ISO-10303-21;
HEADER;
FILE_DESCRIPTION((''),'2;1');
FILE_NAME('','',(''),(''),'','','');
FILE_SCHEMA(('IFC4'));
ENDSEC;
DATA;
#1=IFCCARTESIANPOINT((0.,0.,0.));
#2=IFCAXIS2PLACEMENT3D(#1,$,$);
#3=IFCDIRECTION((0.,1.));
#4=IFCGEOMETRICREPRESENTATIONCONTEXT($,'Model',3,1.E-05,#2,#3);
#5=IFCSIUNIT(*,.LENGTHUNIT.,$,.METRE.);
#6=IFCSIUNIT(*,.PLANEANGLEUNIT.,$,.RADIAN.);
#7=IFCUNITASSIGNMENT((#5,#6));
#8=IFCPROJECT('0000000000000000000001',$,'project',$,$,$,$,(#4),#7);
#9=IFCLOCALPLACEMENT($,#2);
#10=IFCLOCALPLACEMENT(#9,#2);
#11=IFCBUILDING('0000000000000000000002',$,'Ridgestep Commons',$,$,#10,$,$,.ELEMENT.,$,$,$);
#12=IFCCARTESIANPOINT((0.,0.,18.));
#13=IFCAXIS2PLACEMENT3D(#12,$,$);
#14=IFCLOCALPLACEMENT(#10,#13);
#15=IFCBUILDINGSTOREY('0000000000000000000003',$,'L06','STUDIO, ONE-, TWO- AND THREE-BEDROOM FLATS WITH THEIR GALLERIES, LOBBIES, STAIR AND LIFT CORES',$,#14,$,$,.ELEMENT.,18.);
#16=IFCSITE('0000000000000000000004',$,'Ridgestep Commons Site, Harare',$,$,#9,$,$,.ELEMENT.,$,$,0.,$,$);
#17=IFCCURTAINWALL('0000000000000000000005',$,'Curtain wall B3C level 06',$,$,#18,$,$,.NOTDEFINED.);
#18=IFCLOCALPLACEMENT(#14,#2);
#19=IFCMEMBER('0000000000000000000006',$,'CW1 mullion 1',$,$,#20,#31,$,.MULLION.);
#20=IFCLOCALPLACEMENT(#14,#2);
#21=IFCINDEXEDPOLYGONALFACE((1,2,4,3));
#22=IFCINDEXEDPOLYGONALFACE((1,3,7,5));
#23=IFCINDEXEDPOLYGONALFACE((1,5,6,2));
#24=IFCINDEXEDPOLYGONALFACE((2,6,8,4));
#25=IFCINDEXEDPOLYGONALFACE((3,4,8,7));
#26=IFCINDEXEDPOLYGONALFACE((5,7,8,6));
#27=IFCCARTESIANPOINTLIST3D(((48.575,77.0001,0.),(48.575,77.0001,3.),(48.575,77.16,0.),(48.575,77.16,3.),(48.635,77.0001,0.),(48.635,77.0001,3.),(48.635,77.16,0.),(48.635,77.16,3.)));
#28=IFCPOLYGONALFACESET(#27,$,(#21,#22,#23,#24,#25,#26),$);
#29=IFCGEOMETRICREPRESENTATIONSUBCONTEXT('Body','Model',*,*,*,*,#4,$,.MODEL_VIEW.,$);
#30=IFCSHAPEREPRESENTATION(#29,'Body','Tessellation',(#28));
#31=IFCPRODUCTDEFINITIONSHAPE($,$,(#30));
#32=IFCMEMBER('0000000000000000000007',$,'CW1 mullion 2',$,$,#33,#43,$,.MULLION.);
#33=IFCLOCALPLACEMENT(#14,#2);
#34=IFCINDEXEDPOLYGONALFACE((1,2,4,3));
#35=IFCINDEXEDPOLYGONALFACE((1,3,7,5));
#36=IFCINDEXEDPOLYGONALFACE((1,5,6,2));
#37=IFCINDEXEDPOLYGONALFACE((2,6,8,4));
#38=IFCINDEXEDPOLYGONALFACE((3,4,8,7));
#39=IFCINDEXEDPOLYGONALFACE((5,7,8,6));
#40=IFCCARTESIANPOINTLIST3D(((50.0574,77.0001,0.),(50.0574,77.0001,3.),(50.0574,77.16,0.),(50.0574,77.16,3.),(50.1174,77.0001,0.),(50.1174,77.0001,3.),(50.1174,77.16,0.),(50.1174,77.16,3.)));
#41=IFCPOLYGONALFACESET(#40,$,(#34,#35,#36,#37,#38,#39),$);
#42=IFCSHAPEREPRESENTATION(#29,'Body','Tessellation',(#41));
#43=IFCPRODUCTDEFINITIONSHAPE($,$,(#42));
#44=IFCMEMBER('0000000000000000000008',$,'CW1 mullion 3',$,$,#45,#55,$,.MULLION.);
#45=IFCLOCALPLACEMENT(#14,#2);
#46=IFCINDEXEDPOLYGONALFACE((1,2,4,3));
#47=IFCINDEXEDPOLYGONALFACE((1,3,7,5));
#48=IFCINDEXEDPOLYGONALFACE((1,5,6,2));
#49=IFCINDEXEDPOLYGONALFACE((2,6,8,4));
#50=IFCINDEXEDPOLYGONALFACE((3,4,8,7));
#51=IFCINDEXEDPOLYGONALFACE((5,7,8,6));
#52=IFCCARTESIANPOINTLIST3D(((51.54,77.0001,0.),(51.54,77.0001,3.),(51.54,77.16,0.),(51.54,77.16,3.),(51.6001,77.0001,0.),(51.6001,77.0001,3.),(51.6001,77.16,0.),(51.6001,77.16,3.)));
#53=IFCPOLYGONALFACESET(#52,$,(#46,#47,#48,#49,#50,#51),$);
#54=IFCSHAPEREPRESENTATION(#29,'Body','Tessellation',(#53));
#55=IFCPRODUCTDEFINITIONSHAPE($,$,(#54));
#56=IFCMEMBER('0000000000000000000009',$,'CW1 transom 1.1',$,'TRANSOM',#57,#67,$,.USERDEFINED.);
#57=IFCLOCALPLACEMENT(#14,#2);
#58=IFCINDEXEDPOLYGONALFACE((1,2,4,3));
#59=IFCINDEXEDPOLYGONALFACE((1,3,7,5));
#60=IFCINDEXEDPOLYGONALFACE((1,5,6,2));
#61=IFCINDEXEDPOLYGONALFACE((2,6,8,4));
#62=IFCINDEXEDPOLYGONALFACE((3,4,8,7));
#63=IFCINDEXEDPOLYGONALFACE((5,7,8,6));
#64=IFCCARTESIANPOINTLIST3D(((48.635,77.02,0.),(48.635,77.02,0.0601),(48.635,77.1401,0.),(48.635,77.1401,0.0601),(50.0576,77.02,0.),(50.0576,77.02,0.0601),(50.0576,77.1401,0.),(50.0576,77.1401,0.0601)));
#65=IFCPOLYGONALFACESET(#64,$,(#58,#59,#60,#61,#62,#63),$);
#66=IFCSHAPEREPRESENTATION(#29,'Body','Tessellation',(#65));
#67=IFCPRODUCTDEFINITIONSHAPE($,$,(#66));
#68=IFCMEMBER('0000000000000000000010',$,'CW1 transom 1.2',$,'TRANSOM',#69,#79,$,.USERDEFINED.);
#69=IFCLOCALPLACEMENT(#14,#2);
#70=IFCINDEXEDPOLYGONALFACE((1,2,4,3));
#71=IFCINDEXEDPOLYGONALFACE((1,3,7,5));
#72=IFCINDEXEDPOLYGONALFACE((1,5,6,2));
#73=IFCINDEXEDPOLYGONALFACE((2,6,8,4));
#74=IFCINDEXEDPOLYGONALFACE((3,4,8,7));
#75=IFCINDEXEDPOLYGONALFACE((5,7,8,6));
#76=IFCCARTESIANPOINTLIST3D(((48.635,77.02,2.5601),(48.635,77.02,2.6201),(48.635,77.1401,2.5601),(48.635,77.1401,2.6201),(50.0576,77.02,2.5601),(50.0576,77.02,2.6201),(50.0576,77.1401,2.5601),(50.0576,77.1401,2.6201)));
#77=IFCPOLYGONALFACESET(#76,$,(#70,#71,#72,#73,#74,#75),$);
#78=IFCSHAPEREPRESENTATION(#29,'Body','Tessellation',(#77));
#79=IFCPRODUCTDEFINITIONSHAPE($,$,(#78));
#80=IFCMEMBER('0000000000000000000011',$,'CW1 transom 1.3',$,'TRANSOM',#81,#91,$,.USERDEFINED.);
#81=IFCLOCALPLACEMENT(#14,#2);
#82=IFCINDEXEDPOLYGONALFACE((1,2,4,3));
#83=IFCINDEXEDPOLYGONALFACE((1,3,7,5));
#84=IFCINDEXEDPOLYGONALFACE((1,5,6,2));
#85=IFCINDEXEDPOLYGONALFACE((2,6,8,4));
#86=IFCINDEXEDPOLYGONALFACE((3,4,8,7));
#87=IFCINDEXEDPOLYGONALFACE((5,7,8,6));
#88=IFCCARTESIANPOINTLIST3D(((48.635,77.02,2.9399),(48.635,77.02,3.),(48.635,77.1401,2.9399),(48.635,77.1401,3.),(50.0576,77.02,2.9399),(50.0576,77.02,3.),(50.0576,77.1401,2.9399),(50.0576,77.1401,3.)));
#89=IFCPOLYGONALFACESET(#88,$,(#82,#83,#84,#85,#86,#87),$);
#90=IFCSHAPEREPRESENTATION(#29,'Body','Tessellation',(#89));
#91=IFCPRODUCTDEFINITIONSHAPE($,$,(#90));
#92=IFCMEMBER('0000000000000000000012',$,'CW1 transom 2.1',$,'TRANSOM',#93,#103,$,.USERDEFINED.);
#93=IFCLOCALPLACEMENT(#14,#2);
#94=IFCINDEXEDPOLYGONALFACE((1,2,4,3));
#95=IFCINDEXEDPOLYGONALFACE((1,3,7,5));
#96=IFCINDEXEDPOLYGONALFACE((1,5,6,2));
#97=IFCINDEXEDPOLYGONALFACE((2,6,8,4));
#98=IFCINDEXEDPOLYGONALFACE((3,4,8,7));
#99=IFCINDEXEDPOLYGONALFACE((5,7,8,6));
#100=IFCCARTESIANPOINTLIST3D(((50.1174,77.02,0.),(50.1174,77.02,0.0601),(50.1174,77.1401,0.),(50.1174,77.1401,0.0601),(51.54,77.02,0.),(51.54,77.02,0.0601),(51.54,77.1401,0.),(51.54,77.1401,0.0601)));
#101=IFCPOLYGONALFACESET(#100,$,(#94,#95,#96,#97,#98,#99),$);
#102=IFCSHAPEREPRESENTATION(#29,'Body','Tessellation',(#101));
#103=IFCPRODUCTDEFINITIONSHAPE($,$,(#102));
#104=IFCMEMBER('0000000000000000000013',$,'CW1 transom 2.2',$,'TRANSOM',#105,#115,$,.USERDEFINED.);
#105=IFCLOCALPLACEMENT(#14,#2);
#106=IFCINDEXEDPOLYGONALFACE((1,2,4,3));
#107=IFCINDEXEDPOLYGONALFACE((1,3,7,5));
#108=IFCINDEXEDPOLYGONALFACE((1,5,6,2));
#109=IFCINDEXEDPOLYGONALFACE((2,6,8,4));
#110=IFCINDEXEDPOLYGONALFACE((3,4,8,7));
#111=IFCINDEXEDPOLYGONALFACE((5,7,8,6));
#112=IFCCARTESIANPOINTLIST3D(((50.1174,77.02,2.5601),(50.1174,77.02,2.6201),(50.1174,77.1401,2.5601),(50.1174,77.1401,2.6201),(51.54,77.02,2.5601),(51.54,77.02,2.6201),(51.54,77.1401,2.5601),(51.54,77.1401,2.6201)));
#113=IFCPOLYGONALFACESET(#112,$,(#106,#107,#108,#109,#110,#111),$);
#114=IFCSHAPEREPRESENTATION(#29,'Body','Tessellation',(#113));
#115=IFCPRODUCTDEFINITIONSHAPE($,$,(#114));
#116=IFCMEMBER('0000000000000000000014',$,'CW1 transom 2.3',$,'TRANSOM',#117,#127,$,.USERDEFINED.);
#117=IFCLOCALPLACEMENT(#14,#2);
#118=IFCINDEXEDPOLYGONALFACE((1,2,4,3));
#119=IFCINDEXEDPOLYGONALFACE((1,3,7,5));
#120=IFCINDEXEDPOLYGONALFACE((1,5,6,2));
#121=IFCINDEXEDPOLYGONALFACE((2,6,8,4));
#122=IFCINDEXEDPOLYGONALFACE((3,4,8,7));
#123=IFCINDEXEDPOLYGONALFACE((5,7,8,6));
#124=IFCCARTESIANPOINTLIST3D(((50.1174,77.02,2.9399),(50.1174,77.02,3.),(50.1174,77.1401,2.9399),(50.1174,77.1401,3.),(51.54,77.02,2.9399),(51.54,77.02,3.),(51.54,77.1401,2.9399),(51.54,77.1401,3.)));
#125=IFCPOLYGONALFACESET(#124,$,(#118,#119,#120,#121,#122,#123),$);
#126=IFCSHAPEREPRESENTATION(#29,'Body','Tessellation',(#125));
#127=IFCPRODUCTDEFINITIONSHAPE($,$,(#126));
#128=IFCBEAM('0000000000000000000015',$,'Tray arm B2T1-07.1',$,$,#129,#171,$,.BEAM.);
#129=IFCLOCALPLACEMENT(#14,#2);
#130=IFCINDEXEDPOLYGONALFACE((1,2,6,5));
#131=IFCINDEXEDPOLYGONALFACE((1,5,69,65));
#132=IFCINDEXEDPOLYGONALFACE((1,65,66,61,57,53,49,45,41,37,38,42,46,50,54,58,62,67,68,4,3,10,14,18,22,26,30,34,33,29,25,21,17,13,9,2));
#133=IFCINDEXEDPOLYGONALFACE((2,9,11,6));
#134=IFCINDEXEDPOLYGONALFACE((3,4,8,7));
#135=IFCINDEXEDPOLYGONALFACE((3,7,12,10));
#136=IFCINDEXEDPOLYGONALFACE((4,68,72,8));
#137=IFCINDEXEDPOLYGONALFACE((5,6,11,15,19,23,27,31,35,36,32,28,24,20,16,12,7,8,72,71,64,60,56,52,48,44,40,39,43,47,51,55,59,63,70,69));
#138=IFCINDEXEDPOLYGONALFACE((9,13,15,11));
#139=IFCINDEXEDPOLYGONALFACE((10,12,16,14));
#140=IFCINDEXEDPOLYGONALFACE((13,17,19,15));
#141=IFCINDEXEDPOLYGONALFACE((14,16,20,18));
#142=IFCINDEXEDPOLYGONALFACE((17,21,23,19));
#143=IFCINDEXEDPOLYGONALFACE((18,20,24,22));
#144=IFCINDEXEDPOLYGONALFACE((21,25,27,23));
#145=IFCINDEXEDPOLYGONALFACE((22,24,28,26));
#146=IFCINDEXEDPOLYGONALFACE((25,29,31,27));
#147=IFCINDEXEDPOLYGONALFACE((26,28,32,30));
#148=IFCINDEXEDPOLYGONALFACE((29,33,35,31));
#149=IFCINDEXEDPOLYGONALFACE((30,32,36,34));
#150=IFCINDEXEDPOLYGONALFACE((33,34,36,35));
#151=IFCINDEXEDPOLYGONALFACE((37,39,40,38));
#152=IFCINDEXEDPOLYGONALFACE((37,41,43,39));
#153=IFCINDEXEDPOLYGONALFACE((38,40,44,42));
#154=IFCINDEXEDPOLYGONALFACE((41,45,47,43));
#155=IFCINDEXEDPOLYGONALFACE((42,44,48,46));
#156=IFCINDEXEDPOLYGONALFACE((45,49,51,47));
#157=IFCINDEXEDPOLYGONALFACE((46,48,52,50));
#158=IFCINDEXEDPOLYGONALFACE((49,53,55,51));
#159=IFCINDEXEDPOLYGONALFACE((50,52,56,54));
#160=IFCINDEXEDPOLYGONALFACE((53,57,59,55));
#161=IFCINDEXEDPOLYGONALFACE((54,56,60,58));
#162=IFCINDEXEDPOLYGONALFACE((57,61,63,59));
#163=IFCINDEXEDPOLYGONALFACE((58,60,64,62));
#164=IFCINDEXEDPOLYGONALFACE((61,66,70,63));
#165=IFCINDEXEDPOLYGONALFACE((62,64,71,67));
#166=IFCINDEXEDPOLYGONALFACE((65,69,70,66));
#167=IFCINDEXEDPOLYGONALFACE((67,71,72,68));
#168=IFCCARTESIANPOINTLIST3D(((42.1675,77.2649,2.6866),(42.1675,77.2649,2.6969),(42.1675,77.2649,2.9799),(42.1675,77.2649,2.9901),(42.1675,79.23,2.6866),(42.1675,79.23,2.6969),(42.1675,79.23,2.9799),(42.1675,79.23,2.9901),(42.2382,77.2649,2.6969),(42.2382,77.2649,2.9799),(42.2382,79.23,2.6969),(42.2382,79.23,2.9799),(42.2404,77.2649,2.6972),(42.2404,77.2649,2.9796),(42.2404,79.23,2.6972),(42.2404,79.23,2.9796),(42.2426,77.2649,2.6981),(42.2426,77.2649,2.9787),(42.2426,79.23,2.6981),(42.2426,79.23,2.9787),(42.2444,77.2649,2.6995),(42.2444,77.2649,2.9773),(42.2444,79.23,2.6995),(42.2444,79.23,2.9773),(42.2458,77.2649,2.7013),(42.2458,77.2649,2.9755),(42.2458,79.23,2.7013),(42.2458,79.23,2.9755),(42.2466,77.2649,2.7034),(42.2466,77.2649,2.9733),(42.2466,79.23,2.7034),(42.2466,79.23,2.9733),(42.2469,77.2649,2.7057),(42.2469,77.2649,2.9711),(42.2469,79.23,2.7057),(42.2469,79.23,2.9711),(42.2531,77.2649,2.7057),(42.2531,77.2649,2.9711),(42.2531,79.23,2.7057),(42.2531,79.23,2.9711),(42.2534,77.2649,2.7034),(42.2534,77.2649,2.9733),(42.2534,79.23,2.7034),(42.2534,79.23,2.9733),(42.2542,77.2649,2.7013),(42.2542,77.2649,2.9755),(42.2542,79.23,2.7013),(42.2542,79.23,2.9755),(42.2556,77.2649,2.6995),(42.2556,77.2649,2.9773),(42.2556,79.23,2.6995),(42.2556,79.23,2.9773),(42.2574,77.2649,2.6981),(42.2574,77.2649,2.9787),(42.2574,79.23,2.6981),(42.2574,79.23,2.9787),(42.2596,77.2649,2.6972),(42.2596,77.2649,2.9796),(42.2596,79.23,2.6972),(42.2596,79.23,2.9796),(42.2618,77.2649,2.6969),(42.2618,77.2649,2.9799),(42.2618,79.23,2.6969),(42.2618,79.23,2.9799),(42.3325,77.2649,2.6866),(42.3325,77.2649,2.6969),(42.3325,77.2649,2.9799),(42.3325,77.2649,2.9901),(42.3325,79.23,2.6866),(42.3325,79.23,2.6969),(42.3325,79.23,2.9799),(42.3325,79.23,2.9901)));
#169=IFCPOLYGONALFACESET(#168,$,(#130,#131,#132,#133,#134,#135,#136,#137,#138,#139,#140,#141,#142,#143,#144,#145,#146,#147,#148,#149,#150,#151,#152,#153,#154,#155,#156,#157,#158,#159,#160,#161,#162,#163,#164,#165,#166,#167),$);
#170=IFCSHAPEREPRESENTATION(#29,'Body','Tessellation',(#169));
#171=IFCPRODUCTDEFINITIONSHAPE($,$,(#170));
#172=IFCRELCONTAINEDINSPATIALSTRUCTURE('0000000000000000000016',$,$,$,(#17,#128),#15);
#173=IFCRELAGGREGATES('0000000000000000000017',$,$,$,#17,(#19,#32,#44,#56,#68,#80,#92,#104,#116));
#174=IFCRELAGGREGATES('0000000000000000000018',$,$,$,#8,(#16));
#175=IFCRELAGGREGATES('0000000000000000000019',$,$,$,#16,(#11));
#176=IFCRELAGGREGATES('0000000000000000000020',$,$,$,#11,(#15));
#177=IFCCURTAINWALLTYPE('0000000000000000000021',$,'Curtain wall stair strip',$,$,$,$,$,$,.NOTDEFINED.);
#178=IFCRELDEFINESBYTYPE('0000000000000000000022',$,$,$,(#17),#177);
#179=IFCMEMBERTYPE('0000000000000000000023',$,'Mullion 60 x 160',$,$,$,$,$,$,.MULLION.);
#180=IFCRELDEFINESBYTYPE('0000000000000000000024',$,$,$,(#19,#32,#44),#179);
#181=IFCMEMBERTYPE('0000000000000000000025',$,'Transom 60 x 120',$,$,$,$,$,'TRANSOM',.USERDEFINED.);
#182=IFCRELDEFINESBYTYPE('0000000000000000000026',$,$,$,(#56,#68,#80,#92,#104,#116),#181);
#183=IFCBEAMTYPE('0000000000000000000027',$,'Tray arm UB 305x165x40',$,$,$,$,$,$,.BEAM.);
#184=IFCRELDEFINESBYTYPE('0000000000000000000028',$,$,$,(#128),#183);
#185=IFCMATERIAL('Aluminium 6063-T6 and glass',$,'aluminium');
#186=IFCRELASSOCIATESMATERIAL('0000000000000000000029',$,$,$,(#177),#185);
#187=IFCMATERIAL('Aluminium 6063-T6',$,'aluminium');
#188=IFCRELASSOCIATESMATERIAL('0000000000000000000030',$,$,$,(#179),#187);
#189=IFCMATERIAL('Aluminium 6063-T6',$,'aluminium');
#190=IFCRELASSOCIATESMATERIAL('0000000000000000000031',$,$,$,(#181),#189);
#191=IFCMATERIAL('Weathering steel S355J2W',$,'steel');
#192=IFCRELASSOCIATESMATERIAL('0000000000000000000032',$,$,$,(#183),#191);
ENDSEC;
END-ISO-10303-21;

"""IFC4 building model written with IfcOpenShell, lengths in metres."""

from ifc_helpers import new_model, si_unit, direction, frame, origin, origin_2d, place, context, subcontext, project, spatial, rectangle, i_section, extrude, material, material_profile, profile_set, type_object, element, aggregate, save


model = new_model("IFC4")

# Units and contexts
model_context = context("Model", 3, precision=1e-05, world=origin(), true_north=direction((0.0, 1.0)))
body_context = subcontext(model_context, "Body", "Model", "MODEL_VIEW")
ifc_project = project(units=[si_unit("LENGTHUNIT", "METRE"), si_unit("PLANEANGLEUNIT", "RADIAN")], contexts=[model_context])

# Site, building, storey
site_placement = place(None, origin())
site = spatial("IfcSite", under=ifc_project, at=site_placement, Name="Ridgestep Commons Site, Harare", CompositionType="ELEMENT", RefElevation=0.0)
building_placement = place(site_placement, origin())
building = spatial("IfcBuilding", under=site, at=building_placement, Name="Ridgestep Commons", CompositionType="ELEMENT")
storey_placement = place(building_placement, frame((0.0, 0.0, 18.0)))
storey = spatial("IfcBuildingStorey", under=building, at=storey_placement, Name="L06", Description="STUDIO, ONE-, TWO- AND THREE-BEDROOM FLATS WITH THEIR GALLERIES, LOBBIES, STAIR AND LIFT CORES", CompositionType="ELEMENT", Elevation=18.0)

# Curtain wall, members
ifc_material_1 = material(Name="Aluminium 6063-T6 and glass", Category="aluminium")
curtain_wall_type = type_object("IfcCurtainWallType", Name="Curtain wall stair strip", PredefinedType="NOTDEFINED", material=ifc_material_1)
curtain_wall_placement = place(storey_placement, origin())
curtain_wall = element("IfcCurtainWall", 1, at=curtain_wall_placement, inside=storey, type_object=curtain_wall_type, Name="Curtain wall B3C level 06", PredefinedType="NOTDEFINED")
ifc_material_2 = material(Name="Aluminium 6063-T6", Category="aluminium")
ifc_material_profile_1 = material_profile(ifc_material_2, rectangle(XDim=0.1599, YDim=0.0601, at=origin_2d()), Name="Mullion 60 x 160")
ifc_profile_set_1 = profile_set([ifc_material_profile_1], Name="Aluminium 6063-T6")
member_type_1 = type_object("IfcMemberType", Name="Mullion 60 x 160", PredefinedType="MULLION", material=ifc_profile_set_1)
member_1_placement = place(storey_placement, frame((48.605, 77.0801, 0.0), z_axis=(0.0, 0.0, 1.0), x_axis=(0.0, 1.0, 0.0)))
member_1 = element("IfcMember", 2, at=member_1_placement, type_object=member_type_1, Name="CW1 mullion 1", PredefinedType="MULLION", context=body_context, shape_type="SweptSolid", body=[
    extrude(rectangle(XDim=0.1599, YDim=0.0601, at=origin_2d()), origin(), (0.0, 0.0, 1.0), 3.0),
])
member_2_placement = place(storey_placement, frame((50.0874, 77.0801, 0.0), z_axis=(0.0, 0.0, 1.0), x_axis=(0.0, 1.0, 0.0)))
member_2 = element("IfcMember", 3, at=member_2_placement, type_object=member_type_1, Name="CW1 mullion 2", PredefinedType="MULLION", context=body_context, shape_type="SweptSolid", body=[
    extrude(rectangle(XDim=0.1599, YDim=0.0601, at=origin_2d()), origin(), (0.0, 0.0, 1.0), 3.0),
])
member_3_placement = place(storey_placement, frame((51.5701, 77.0801, 0.0), z_axis=(0.0, 0.0, 1.0), x_axis=(0.0, 1.0, 0.0)))
member_3 = element("IfcMember", 4, at=member_3_placement, type_object=member_type_1, Name="CW1 mullion 3", PredefinedType="MULLION", context=body_context, shape_type="SweptSolid", body=[
    extrude(rectangle(XDim=0.1599, YDim=0.0601, at=origin_2d()), origin(), (0.0, 0.0, 1.0), 3.0),
])
ifc_material_3 = material(Name="Aluminium 6063-T6", Category="aluminium")
ifc_material_profile_2 = material_profile(ifc_material_3, rectangle(XDim=0.1201, YDim=0.0601, at=origin_2d()), Name="Transom 60 x 120")
ifc_profile_set_2 = profile_set([ifc_material_profile_2], Name="Aluminium 6063-T6")
member_type_2 = type_object("IfcMemberType", Name="Transom 60 x 120", ElementType="TRANSOM", PredefinedType="USERDEFINED", material=ifc_profile_set_2)
member_4_placement = place(storey_placement, frame((48.635, 77.0801, 0.03), z_axis=(1.0, 0.0, 0.0), x_axis=(0.0, 1.0, 0.0)))
member_4 = element("IfcMember", 5, at=member_4_placement, type_object=member_type_2, Name="CW1 transom 1.1", ObjectType="TRANSOM", PredefinedType="USERDEFINED", context=body_context, shape_type="SweptSolid", body=[
    extrude(rectangle(XDim=0.1201, YDim=0.0601, at=origin_2d()), origin(), (0.0, 0.0, 1.0), 1.4226),
])
member_5_placement = place(storey_placement, frame((48.635, 77.0801, 2.5901), z_axis=(1.0, 0.0, 0.0), x_axis=(0.0, 1.0, 0.0)))
member_5 = element("IfcMember", 6, at=member_5_placement, type_object=member_type_2, Name="CW1 transom 1.2", ObjectType="TRANSOM", PredefinedType="USERDEFINED", context=body_context, shape_type="SweptSolid", body=[
    extrude(rectangle(XDim=0.1201, YDim=0.0601, at=origin_2d()), origin(), (0.0, 0.0, 1.0), 1.4226),
])
member_6_placement = place(storey_placement, frame((48.635, 77.0801, 2.97), z_axis=(1.0, 0.0, 0.0), x_axis=(0.0, 1.0, 0.0)))
member_6 = element("IfcMember", 7, at=member_6_placement, type_object=member_type_2, Name="CW1 transom 1.3", ObjectType="TRANSOM", PredefinedType="USERDEFINED", context=body_context, shape_type="SweptSolid", body=[
    extrude(rectangle(XDim=0.1201, YDim=0.0601, at=origin_2d()), origin(), (0.0, 0.0, 1.0), 1.4226),
])
member_7_placement = place(storey_placement, frame((50.1174, 77.0801, 0.03), z_axis=(1.0, 0.0, 0.0), x_axis=(0.0, 1.0, 0.0)))
member_7 = element("IfcMember", 8, at=member_7_placement, type_object=member_type_2, Name="CW1 transom 2.1", ObjectType="TRANSOM", PredefinedType="USERDEFINED", context=body_context, shape_type="SweptSolid", body=[
    extrude(rectangle(XDim=0.1201, YDim=0.0601, at=origin_2d()), origin(), (0.0, 0.0, 1.0), 1.4226),
])
member_8_placement = place(storey_placement, frame((50.1174, 77.0801, 2.5901), z_axis=(1.0, 0.0, 0.0), x_axis=(0.0, 1.0, 0.0)))
member_8 = element("IfcMember", 9, at=member_8_placement, type_object=member_type_2, Name="CW1 transom 2.2", ObjectType="TRANSOM", PredefinedType="USERDEFINED", context=body_context, shape_type="SweptSolid", body=[
    extrude(rectangle(XDim=0.1201, YDim=0.0601, at=origin_2d()), origin(), (0.0, 0.0, 1.0), 1.4226),
])
member_9_placement = place(storey_placement, frame((50.1174, 77.0801, 2.97), z_axis=(1.0, 0.0, 0.0), x_axis=(0.0, 1.0, 0.0)))
member_9 = element("IfcMember", 10, at=member_9_placement, type_object=member_type_2, Name="CW1 transom 2.3", ObjectType="TRANSOM", PredefinedType="USERDEFINED", context=body_context, shape_type="SweptSolid", body=[
    extrude(rectangle(XDim=0.1201, YDim=0.0601, at=origin_2d()), origin(), (0.0, 0.0, 1.0), 1.4226),
])

# Beam
ifc_material_4 = material(Name="Weathering steel S355J2W", Category="steel")
ifc_material_profile_3 = material_profile(ifc_material_4, i_section(OverallWidth=0.165, OverallDepth=0.3035, WebThickness=0.0061, FlangeThickness=0.0103, FilletRadius=0.0088, at=origin_2d()), Name="UB 305x165x40")
ifc_profile_set_3 = profile_set([ifc_material_profile_3], Name="Weathering steel S355J2W")
beam_type_1 = type_object("IfcBeamType", Name="Tray arm UB 305x165x40", PredefinedType="BEAM", material=ifc_profile_set_3)
for number, where, z_axis, x_axis, name in (
    (11, (42.25, 77.2649, 2.8384), (0.0, 1.0, 0.0), (-1.0, 0.0, 0.0), "Tray arm B2T1-07.1"),
):
    element("IfcBeam", number, at=place(storey_placement, frame(where, z_axis=z_axis, x_axis=x_axis)), inside=storey, type_object=beam_type_1, Name=name, PredefinedType="BEAM", context=body_context, shape_type="SweptSolid", body=[
        extrude(i_section(OverallWidth=0.165, OverallDepth=0.3035, WebThickness=0.0061, FlangeThickness=0.0103, FilletRadius=0.0088, at=origin_2d()), origin(), (0.0, 0.0, 1.0), 1.9651),
    ])

aggregate(curtain_wall, [member_1, member_2, member_3, member_4, member_5, member_6, member_7, member_8, member_9])

save(model, "model.ifc")
